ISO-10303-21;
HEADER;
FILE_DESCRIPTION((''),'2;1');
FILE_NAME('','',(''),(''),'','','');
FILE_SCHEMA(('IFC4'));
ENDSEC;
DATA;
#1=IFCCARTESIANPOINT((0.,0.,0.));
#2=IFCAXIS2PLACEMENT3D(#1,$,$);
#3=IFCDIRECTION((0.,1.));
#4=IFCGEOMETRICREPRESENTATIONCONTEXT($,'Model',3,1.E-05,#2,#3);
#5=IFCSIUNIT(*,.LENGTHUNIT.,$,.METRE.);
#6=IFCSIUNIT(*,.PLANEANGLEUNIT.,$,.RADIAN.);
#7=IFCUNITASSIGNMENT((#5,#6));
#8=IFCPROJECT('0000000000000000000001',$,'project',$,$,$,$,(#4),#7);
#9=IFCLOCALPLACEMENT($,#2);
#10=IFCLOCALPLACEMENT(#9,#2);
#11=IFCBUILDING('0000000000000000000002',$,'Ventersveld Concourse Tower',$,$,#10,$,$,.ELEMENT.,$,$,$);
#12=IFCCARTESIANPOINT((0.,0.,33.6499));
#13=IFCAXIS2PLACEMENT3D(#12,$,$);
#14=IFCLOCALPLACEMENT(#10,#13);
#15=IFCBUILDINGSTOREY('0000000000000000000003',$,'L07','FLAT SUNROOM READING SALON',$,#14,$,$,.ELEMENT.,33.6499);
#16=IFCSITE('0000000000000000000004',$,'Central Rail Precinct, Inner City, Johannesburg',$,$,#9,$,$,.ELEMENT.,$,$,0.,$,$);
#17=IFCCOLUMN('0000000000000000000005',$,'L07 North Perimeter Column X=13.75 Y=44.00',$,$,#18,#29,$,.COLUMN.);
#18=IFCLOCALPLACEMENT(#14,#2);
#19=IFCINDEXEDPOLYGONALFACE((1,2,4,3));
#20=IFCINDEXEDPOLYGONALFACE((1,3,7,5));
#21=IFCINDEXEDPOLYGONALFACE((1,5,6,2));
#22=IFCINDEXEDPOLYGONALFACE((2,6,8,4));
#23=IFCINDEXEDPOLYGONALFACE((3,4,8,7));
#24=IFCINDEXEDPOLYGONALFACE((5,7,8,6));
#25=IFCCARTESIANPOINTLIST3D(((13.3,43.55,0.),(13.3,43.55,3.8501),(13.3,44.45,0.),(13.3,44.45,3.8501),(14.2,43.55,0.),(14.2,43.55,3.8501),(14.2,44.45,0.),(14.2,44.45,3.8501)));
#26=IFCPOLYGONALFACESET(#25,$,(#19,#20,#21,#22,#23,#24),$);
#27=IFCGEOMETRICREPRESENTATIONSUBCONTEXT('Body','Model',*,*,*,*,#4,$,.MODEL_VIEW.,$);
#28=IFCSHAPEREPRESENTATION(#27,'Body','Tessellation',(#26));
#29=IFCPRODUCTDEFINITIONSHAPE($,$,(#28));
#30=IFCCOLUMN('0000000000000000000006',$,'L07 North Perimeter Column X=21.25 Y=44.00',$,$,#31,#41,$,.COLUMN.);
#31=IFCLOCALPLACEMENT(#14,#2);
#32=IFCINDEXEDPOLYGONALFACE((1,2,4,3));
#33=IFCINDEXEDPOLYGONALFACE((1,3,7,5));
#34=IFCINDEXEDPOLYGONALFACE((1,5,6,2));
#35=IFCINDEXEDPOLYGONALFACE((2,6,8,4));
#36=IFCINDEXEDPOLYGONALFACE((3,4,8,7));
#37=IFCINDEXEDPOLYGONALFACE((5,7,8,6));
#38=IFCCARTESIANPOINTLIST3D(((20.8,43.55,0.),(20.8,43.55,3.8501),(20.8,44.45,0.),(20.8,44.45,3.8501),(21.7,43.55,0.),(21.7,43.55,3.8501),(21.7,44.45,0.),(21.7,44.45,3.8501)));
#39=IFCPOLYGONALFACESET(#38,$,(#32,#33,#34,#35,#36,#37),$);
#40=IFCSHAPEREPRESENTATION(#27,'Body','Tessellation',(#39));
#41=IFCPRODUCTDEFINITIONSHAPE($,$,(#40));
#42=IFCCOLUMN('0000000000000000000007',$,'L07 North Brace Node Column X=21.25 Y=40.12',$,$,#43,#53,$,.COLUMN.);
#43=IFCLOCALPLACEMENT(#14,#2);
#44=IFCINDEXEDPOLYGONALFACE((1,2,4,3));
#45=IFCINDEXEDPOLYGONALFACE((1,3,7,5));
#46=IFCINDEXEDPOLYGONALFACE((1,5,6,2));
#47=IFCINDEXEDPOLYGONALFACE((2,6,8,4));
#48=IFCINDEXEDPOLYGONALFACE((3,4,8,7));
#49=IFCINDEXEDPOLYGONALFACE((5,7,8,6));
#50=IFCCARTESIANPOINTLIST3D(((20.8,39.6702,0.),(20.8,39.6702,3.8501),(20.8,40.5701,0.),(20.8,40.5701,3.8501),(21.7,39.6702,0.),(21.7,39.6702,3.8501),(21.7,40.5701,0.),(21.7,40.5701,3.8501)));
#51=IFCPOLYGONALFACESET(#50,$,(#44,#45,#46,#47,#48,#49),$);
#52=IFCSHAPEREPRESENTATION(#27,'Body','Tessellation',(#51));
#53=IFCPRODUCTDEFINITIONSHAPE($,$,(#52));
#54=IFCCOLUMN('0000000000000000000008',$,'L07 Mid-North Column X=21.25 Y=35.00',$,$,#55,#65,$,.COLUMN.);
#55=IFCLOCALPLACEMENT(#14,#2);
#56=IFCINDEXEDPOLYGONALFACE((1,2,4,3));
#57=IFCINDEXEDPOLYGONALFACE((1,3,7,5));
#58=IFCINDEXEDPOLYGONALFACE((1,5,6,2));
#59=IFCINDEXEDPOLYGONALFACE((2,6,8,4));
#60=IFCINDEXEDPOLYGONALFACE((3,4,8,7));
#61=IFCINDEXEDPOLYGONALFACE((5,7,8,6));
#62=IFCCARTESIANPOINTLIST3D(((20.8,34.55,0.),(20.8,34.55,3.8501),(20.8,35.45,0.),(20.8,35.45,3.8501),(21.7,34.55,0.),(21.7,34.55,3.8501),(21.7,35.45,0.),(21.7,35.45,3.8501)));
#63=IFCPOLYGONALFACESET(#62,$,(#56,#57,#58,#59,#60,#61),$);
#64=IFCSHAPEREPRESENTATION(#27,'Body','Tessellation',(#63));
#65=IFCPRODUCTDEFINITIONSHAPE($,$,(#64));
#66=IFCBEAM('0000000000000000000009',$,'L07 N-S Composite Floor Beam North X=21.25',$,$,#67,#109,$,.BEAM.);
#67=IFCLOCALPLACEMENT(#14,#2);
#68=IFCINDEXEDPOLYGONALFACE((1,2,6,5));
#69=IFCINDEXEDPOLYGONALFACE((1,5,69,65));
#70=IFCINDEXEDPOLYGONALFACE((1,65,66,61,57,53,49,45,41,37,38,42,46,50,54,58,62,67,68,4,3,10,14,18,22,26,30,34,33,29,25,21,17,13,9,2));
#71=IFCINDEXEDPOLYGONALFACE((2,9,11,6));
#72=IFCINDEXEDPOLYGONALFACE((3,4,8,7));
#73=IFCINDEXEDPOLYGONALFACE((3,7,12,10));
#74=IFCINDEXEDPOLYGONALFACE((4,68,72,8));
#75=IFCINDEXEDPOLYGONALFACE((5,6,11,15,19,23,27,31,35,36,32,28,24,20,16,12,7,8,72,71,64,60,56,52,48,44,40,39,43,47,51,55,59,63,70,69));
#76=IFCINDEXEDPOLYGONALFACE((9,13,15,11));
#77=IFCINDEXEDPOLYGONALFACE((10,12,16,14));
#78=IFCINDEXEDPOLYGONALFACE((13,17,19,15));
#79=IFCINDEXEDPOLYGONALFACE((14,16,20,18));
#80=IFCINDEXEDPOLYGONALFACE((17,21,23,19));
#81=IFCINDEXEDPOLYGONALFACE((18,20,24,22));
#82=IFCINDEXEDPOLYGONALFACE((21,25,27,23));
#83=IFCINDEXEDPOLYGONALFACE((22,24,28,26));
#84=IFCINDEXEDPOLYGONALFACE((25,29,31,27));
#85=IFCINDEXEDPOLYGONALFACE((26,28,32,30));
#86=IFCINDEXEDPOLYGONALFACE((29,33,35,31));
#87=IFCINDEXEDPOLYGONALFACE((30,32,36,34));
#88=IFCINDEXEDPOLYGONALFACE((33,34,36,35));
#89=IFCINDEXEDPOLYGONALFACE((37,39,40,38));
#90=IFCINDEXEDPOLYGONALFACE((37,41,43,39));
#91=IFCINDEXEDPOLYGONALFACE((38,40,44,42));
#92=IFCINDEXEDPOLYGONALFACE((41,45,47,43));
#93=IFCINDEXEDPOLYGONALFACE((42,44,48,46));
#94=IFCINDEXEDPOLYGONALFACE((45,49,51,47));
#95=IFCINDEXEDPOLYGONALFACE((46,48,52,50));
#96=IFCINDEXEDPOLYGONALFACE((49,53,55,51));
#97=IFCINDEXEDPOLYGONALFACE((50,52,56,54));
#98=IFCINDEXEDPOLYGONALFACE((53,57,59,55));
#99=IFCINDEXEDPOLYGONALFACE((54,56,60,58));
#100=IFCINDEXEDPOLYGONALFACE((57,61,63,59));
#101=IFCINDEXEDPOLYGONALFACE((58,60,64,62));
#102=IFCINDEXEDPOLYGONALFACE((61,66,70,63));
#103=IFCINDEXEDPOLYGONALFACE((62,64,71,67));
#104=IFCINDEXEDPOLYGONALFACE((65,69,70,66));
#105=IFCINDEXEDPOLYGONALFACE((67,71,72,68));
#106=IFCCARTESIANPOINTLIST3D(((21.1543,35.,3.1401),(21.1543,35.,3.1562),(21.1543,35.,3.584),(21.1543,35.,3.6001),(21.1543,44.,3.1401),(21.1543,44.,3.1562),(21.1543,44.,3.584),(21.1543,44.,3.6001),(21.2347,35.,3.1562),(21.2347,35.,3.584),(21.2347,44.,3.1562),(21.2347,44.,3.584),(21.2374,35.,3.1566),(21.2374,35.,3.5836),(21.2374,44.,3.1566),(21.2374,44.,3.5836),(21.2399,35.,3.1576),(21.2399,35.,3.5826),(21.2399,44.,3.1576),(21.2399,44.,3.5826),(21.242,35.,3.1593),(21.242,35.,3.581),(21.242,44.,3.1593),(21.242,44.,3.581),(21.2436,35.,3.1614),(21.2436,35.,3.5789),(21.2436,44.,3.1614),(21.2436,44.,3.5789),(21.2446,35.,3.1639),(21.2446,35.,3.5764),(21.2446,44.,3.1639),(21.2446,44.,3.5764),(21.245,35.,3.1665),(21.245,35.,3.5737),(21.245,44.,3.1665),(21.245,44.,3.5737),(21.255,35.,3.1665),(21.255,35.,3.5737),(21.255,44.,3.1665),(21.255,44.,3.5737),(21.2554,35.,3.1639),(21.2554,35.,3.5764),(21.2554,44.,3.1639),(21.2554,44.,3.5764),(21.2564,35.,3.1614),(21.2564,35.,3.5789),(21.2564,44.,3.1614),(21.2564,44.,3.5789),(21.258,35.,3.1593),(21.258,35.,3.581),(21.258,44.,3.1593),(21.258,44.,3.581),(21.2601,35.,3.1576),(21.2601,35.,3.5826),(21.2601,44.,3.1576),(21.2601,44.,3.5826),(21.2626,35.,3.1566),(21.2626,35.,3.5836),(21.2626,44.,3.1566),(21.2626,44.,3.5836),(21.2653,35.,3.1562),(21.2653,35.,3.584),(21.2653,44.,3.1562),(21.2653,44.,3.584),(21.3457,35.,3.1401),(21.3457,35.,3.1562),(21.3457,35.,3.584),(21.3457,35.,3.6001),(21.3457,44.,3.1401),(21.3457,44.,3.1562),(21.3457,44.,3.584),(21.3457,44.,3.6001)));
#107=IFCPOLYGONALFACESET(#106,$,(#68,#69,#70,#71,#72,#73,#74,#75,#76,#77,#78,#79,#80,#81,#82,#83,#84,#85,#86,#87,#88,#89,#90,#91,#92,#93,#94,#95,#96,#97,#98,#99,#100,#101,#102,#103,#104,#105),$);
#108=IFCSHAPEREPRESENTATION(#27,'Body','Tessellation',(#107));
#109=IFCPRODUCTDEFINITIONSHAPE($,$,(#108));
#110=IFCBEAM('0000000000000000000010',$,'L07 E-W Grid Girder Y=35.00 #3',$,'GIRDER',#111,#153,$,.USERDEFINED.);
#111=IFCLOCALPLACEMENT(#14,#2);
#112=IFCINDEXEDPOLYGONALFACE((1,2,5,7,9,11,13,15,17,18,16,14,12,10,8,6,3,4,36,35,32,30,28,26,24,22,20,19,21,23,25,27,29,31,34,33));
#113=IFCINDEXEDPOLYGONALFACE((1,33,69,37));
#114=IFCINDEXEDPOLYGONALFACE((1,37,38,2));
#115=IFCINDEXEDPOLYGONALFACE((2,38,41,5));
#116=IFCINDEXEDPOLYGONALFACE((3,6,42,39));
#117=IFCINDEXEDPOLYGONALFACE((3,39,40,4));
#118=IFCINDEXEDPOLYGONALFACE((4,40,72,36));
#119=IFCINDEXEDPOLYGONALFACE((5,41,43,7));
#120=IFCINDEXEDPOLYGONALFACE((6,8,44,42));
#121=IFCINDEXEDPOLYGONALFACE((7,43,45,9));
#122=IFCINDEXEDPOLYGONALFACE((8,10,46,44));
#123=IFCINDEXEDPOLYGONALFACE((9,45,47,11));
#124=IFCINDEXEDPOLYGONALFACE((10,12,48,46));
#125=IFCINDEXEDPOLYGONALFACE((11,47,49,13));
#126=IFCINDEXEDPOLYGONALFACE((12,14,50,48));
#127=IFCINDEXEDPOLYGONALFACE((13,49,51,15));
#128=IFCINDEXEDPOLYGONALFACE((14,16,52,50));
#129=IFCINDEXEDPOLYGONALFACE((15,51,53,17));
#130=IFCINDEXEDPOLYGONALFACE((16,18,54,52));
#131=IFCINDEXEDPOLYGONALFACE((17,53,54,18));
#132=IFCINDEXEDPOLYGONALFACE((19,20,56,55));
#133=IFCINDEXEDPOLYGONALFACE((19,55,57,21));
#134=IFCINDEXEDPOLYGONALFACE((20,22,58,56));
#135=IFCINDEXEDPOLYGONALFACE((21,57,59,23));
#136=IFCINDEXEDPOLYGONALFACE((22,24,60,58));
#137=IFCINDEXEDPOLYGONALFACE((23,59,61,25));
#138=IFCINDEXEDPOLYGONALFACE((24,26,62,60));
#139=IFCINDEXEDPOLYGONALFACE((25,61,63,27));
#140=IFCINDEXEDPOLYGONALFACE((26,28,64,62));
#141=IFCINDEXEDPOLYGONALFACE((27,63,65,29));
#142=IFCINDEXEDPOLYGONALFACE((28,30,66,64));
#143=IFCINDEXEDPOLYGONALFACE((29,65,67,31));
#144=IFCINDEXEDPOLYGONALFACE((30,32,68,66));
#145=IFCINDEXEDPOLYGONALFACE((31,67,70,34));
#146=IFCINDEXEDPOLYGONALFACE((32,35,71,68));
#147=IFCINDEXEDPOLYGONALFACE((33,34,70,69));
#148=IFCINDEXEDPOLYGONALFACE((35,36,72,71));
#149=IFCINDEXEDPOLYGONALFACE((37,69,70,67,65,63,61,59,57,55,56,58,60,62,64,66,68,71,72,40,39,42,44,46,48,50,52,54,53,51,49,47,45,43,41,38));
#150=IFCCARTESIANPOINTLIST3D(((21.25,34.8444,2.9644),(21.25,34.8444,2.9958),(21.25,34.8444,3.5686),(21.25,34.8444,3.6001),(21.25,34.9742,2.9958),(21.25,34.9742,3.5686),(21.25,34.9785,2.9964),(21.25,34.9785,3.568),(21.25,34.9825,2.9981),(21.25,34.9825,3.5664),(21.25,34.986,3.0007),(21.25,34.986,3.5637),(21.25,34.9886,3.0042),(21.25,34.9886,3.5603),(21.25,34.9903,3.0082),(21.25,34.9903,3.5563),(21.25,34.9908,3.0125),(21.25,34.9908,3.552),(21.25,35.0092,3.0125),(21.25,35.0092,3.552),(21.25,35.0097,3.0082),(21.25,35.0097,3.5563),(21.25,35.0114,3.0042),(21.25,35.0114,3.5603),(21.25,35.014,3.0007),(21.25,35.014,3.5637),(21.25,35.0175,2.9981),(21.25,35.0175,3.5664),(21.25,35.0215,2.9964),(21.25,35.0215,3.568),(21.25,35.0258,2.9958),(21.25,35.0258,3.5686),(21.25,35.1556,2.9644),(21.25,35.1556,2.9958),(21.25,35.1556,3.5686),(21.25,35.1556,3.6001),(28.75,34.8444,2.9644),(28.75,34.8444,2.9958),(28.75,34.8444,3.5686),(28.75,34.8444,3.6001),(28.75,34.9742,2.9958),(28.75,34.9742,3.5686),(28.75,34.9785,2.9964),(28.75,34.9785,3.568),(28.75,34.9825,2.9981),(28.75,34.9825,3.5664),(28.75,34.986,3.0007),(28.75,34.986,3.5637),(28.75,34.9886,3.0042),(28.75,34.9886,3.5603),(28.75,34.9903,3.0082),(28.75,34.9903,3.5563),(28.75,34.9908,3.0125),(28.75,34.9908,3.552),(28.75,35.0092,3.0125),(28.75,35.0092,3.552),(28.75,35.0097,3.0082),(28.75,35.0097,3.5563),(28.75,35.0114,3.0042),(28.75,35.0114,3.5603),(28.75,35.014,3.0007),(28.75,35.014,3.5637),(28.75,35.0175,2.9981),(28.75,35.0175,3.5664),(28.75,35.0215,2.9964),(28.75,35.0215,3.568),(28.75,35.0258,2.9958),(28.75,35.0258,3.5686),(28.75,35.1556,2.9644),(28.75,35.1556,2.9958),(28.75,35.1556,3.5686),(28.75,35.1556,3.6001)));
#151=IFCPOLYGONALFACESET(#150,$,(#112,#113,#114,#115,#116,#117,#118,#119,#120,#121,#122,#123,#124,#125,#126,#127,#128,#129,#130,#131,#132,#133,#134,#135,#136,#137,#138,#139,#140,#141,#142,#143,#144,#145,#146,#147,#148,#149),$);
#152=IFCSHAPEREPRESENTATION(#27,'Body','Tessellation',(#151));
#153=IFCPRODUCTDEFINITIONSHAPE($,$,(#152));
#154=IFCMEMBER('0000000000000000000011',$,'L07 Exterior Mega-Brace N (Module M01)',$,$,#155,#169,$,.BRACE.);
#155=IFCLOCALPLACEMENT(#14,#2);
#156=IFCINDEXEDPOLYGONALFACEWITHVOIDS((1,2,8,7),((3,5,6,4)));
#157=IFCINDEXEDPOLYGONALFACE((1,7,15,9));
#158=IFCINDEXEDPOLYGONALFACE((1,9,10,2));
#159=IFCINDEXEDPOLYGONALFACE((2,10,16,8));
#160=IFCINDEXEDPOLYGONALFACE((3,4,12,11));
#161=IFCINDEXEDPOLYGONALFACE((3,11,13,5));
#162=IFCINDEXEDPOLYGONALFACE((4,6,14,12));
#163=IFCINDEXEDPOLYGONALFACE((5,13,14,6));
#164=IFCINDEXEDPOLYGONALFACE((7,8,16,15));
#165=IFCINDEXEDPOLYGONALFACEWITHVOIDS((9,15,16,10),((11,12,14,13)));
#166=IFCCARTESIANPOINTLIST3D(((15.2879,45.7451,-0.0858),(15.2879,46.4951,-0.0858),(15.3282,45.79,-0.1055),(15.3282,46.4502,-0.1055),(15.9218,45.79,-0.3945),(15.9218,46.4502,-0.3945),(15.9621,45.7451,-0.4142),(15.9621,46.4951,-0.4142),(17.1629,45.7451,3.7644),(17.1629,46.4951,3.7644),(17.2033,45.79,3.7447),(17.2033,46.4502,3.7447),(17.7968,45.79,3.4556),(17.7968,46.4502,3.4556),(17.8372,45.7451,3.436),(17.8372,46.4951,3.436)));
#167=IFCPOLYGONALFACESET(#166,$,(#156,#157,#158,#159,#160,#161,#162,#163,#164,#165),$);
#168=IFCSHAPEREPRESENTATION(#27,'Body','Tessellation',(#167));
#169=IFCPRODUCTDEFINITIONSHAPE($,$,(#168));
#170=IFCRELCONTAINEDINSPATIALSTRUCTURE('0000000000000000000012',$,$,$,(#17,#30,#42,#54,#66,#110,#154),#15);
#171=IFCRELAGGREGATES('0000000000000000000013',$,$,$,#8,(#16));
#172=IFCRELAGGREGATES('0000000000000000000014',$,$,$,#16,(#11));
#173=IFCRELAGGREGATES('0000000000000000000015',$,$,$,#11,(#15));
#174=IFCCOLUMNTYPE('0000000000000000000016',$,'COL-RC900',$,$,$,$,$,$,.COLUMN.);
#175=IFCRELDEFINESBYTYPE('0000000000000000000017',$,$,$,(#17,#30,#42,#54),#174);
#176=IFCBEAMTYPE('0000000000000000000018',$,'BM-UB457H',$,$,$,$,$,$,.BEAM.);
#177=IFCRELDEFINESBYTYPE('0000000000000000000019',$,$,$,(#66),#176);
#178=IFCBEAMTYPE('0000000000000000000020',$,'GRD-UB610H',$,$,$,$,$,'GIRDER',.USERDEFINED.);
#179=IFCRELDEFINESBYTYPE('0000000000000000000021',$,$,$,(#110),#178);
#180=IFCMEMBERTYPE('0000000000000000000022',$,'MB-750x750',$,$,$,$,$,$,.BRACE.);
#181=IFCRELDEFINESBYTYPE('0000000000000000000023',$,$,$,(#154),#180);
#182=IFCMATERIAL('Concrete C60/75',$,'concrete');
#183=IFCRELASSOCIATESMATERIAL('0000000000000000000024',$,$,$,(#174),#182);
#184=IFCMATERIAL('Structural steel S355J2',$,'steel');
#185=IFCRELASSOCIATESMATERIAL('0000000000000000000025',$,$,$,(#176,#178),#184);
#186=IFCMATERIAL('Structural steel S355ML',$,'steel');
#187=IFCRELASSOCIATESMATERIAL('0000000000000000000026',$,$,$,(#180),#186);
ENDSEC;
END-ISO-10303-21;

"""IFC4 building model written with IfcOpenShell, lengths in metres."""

from ifc_helpers import new_model, si_unit, direction, frame, origin, origin_2d, place, context, subcontext, project, spatial, rectangle, hollow_rectangle, i_section, extrude, material, material_profile, profile_set, type_object, element, save


model = new_model("IFC4")

# Units and contexts
model_context = context("Model", 3, precision=1e-05, world=origin(), true_north=direction((0.0, 1.0)))
body_context = subcontext(model_context, "Body", "Model", "MODEL_VIEW")
ifc_project = project(units=[si_unit("LENGTHUNIT", "METRE"), si_unit("PLANEANGLEUNIT", "RADIAN")], contexts=[model_context])

# Site, building, storey
site_placement = place(None, origin())
site = spatial("IfcSite", under=ifc_project, at=site_placement, Name="Central Rail Precinct, Inner City, Johannesburg", CompositionType="ELEMENT", RefElevation=0.0)
building_placement = place(site_placement, origin())
building = spatial("IfcBuilding", under=site, at=building_placement, Name="Ventersveld Concourse Tower", CompositionType="ELEMENT")
storey_placement = place(building_placement, frame((0.0, 0.0, 33.6499)))
storey = spatial("IfcBuildingStorey", under=building, at=storey_placement, Name="L07", Description="FLAT SUNROOM READING SALON", CompositionType="ELEMENT", Elevation=33.6499)

# Columns
ifc_material_1 = material(Name="Concrete C60/75", Category="concrete")
ifc_material_profile_1 = material_profile(ifc_material_1, rectangle(XDim=0.8999, YDim=0.8999, at=origin_2d()), Name="RC 900x900")
ifc_profile_set_1 = profile_set([ifc_material_profile_1], Name="Concrete C60/75")
column_type = type_object("IfcColumnType", Name="COL-RC900", PredefinedType="COLUMN", material=ifc_profile_set_1)
for number, where, z_axis, x_axis, name in (
    (1, (13.75, 44.0, 0.0), (0.0, 0.0, 1.0), (1.0, 0.0, 0.0), "L07 North Perimeter Column X=13.75 Y=44.00"),
    (2, (21.25, 44.0, 0.0), (0.0, 0.0, 1.0), (1.0, 0.0, 0.0), "L07 North Perimeter Column X=21.25 Y=44.00"),
    (3, (21.25, 40.1201, 0.0), (0.0, 0.0, 1.0), (1.0, 0.0, 0.0), "L07 North Brace Node Column X=21.25 Y=40.12"),
    (4, (21.25, 35.0, 0.0), (0.0, 0.0, 1.0), (1.0, 0.0, 0.0), "L07 Mid-North Column X=21.25 Y=35.00"),
):
    element("IfcColumn", number, at=place(storey_placement, frame(where, z_axis=z_axis, x_axis=x_axis)), inside=storey, type_object=column_type, Name=name, PredefinedType="COLUMN", context=body_context, shape_type="SweptSolid", body=[
        extrude(rectangle(XDim=0.8999, YDim=0.8999, at=origin_2d()), origin(), (0.0, 0.0, 1.0), 3.8501),
    ])

# Beams
ifc_material_2 = material(Name="Structural steel S355J2", Category="steel")
ifc_material_profile_2 = material_profile(ifc_material_2, i_section(OverallWidth=0.1914, OverallDepth=0.46, WebThickness=0.01, FlangeThickness=0.0161, FilletRadius=0.0103, at=origin_2d()), Name="UB 457x191x82")
ifc_profile_set_2 = profile_set([ifc_material_profile_2], Name="Structural steel S355J2")
beam_type_1 = type_object("IfcBeamType", Name="BM-UB457H", PredefinedType="BEAM", material=ifc_profile_set_2)
beam_1_placement = place(storey_placement, frame((21.25, 35.0, 3.3701), z_axis=(0.0, 1.0, 0.0), x_axis=(-1.0, 0.0, 0.0)))
element("IfcBeam", 5, at=beam_1_placement, inside=storey, type_object=beam_type_1, Name="L07 N-S Composite Floor Beam North X=21.25", PredefinedType="BEAM", context=body_context, shape_type="SweptSolid", body=[
    extrude(i_section(OverallWidth=0.1914, OverallDepth=0.46, WebThickness=0.01, FlangeThickness=0.0161, FilletRadius=0.0103, at=origin_2d()), origin(), (0.0, 0.0, 1.0), 9.0),
])
ifc_material_profile_3 = material_profile(ifc_material_2, i_section(OverallWidth=0.3113, OverallDepth=0.6357, WebThickness=0.0183, FlangeThickness=0.0315, FilletRadius=0.0166, at=origin_2d()), Name="UB 610x305x238")
ifc_profile_set_3 = profile_set([ifc_material_profile_3], Name="Structural steel S355J2")
beam_type_2 = type_object("IfcBeamType", Name="GRD-UB610H", ElementType="GIRDER", PredefinedType="USERDEFINED", material=ifc_profile_set_3)
beam_2_placement = place(storey_placement, frame((21.25, 35.0, 3.2822), z_axis=(1.0, 0.0, 0.0), x_axis=(0.0, 1.0, 0.0)))
element("IfcBeam", 6, at=beam_2_placement, inside=storey, type_object=beam_type_2, Name="L07 E-W Grid Girder Y=35.00 #3", ObjectType="GIRDER", PredefinedType="USERDEFINED", context=body_context, shape_type="SweptSolid", body=[
    extrude(i_section(OverallWidth=0.3113, OverallDepth=0.6357, WebThickness=0.0183, FlangeThickness=0.0315, FilletRadius=0.0166, at=origin_2d()), origin(), (0.0, 0.0, 1.0), 7.5),
])

# Member
ifc_material_3 = material(Name="Structural steel S355ML", Category="steel")
ifc_material_profile_4 = material_profile(ifc_material_3, hollow_rectangle(XDim=0.75, YDim=0.75, WallThickness=0.0449, at=origin_2d()), Name="BOX 750x750x45")
ifc_profile_set_4 = profile_set([ifc_material_profile_4], Name="Structural steel S355ML")
member_type = type_object("IfcMemberType", Name="MB-750x750", PredefinedType="BRACE", material=ifc_profile_set_4)
member_placement = place(storey_placement, frame((15.625, 46.1201, -0.25), z_axis=(0.437839, 0.0, 0.899053), x_axis=(0.0, 1.0, 0.0)))
element("IfcMember", 7, at=member_placement, inside=storey, type_object=member_type, Name="L07 Exterior Mega-Brace N (Module M01)", PredefinedType="BRACE", context=body_context, shape_type="SweptSolid", body=[
    extrude(hollow_rectangle(XDim=0.75, YDim=0.75, WallThickness=0.0449, at=origin_2d()), origin(), (0.0, 0.0, 1.0), 4.2825),
])

save(model, "model.ifc")
